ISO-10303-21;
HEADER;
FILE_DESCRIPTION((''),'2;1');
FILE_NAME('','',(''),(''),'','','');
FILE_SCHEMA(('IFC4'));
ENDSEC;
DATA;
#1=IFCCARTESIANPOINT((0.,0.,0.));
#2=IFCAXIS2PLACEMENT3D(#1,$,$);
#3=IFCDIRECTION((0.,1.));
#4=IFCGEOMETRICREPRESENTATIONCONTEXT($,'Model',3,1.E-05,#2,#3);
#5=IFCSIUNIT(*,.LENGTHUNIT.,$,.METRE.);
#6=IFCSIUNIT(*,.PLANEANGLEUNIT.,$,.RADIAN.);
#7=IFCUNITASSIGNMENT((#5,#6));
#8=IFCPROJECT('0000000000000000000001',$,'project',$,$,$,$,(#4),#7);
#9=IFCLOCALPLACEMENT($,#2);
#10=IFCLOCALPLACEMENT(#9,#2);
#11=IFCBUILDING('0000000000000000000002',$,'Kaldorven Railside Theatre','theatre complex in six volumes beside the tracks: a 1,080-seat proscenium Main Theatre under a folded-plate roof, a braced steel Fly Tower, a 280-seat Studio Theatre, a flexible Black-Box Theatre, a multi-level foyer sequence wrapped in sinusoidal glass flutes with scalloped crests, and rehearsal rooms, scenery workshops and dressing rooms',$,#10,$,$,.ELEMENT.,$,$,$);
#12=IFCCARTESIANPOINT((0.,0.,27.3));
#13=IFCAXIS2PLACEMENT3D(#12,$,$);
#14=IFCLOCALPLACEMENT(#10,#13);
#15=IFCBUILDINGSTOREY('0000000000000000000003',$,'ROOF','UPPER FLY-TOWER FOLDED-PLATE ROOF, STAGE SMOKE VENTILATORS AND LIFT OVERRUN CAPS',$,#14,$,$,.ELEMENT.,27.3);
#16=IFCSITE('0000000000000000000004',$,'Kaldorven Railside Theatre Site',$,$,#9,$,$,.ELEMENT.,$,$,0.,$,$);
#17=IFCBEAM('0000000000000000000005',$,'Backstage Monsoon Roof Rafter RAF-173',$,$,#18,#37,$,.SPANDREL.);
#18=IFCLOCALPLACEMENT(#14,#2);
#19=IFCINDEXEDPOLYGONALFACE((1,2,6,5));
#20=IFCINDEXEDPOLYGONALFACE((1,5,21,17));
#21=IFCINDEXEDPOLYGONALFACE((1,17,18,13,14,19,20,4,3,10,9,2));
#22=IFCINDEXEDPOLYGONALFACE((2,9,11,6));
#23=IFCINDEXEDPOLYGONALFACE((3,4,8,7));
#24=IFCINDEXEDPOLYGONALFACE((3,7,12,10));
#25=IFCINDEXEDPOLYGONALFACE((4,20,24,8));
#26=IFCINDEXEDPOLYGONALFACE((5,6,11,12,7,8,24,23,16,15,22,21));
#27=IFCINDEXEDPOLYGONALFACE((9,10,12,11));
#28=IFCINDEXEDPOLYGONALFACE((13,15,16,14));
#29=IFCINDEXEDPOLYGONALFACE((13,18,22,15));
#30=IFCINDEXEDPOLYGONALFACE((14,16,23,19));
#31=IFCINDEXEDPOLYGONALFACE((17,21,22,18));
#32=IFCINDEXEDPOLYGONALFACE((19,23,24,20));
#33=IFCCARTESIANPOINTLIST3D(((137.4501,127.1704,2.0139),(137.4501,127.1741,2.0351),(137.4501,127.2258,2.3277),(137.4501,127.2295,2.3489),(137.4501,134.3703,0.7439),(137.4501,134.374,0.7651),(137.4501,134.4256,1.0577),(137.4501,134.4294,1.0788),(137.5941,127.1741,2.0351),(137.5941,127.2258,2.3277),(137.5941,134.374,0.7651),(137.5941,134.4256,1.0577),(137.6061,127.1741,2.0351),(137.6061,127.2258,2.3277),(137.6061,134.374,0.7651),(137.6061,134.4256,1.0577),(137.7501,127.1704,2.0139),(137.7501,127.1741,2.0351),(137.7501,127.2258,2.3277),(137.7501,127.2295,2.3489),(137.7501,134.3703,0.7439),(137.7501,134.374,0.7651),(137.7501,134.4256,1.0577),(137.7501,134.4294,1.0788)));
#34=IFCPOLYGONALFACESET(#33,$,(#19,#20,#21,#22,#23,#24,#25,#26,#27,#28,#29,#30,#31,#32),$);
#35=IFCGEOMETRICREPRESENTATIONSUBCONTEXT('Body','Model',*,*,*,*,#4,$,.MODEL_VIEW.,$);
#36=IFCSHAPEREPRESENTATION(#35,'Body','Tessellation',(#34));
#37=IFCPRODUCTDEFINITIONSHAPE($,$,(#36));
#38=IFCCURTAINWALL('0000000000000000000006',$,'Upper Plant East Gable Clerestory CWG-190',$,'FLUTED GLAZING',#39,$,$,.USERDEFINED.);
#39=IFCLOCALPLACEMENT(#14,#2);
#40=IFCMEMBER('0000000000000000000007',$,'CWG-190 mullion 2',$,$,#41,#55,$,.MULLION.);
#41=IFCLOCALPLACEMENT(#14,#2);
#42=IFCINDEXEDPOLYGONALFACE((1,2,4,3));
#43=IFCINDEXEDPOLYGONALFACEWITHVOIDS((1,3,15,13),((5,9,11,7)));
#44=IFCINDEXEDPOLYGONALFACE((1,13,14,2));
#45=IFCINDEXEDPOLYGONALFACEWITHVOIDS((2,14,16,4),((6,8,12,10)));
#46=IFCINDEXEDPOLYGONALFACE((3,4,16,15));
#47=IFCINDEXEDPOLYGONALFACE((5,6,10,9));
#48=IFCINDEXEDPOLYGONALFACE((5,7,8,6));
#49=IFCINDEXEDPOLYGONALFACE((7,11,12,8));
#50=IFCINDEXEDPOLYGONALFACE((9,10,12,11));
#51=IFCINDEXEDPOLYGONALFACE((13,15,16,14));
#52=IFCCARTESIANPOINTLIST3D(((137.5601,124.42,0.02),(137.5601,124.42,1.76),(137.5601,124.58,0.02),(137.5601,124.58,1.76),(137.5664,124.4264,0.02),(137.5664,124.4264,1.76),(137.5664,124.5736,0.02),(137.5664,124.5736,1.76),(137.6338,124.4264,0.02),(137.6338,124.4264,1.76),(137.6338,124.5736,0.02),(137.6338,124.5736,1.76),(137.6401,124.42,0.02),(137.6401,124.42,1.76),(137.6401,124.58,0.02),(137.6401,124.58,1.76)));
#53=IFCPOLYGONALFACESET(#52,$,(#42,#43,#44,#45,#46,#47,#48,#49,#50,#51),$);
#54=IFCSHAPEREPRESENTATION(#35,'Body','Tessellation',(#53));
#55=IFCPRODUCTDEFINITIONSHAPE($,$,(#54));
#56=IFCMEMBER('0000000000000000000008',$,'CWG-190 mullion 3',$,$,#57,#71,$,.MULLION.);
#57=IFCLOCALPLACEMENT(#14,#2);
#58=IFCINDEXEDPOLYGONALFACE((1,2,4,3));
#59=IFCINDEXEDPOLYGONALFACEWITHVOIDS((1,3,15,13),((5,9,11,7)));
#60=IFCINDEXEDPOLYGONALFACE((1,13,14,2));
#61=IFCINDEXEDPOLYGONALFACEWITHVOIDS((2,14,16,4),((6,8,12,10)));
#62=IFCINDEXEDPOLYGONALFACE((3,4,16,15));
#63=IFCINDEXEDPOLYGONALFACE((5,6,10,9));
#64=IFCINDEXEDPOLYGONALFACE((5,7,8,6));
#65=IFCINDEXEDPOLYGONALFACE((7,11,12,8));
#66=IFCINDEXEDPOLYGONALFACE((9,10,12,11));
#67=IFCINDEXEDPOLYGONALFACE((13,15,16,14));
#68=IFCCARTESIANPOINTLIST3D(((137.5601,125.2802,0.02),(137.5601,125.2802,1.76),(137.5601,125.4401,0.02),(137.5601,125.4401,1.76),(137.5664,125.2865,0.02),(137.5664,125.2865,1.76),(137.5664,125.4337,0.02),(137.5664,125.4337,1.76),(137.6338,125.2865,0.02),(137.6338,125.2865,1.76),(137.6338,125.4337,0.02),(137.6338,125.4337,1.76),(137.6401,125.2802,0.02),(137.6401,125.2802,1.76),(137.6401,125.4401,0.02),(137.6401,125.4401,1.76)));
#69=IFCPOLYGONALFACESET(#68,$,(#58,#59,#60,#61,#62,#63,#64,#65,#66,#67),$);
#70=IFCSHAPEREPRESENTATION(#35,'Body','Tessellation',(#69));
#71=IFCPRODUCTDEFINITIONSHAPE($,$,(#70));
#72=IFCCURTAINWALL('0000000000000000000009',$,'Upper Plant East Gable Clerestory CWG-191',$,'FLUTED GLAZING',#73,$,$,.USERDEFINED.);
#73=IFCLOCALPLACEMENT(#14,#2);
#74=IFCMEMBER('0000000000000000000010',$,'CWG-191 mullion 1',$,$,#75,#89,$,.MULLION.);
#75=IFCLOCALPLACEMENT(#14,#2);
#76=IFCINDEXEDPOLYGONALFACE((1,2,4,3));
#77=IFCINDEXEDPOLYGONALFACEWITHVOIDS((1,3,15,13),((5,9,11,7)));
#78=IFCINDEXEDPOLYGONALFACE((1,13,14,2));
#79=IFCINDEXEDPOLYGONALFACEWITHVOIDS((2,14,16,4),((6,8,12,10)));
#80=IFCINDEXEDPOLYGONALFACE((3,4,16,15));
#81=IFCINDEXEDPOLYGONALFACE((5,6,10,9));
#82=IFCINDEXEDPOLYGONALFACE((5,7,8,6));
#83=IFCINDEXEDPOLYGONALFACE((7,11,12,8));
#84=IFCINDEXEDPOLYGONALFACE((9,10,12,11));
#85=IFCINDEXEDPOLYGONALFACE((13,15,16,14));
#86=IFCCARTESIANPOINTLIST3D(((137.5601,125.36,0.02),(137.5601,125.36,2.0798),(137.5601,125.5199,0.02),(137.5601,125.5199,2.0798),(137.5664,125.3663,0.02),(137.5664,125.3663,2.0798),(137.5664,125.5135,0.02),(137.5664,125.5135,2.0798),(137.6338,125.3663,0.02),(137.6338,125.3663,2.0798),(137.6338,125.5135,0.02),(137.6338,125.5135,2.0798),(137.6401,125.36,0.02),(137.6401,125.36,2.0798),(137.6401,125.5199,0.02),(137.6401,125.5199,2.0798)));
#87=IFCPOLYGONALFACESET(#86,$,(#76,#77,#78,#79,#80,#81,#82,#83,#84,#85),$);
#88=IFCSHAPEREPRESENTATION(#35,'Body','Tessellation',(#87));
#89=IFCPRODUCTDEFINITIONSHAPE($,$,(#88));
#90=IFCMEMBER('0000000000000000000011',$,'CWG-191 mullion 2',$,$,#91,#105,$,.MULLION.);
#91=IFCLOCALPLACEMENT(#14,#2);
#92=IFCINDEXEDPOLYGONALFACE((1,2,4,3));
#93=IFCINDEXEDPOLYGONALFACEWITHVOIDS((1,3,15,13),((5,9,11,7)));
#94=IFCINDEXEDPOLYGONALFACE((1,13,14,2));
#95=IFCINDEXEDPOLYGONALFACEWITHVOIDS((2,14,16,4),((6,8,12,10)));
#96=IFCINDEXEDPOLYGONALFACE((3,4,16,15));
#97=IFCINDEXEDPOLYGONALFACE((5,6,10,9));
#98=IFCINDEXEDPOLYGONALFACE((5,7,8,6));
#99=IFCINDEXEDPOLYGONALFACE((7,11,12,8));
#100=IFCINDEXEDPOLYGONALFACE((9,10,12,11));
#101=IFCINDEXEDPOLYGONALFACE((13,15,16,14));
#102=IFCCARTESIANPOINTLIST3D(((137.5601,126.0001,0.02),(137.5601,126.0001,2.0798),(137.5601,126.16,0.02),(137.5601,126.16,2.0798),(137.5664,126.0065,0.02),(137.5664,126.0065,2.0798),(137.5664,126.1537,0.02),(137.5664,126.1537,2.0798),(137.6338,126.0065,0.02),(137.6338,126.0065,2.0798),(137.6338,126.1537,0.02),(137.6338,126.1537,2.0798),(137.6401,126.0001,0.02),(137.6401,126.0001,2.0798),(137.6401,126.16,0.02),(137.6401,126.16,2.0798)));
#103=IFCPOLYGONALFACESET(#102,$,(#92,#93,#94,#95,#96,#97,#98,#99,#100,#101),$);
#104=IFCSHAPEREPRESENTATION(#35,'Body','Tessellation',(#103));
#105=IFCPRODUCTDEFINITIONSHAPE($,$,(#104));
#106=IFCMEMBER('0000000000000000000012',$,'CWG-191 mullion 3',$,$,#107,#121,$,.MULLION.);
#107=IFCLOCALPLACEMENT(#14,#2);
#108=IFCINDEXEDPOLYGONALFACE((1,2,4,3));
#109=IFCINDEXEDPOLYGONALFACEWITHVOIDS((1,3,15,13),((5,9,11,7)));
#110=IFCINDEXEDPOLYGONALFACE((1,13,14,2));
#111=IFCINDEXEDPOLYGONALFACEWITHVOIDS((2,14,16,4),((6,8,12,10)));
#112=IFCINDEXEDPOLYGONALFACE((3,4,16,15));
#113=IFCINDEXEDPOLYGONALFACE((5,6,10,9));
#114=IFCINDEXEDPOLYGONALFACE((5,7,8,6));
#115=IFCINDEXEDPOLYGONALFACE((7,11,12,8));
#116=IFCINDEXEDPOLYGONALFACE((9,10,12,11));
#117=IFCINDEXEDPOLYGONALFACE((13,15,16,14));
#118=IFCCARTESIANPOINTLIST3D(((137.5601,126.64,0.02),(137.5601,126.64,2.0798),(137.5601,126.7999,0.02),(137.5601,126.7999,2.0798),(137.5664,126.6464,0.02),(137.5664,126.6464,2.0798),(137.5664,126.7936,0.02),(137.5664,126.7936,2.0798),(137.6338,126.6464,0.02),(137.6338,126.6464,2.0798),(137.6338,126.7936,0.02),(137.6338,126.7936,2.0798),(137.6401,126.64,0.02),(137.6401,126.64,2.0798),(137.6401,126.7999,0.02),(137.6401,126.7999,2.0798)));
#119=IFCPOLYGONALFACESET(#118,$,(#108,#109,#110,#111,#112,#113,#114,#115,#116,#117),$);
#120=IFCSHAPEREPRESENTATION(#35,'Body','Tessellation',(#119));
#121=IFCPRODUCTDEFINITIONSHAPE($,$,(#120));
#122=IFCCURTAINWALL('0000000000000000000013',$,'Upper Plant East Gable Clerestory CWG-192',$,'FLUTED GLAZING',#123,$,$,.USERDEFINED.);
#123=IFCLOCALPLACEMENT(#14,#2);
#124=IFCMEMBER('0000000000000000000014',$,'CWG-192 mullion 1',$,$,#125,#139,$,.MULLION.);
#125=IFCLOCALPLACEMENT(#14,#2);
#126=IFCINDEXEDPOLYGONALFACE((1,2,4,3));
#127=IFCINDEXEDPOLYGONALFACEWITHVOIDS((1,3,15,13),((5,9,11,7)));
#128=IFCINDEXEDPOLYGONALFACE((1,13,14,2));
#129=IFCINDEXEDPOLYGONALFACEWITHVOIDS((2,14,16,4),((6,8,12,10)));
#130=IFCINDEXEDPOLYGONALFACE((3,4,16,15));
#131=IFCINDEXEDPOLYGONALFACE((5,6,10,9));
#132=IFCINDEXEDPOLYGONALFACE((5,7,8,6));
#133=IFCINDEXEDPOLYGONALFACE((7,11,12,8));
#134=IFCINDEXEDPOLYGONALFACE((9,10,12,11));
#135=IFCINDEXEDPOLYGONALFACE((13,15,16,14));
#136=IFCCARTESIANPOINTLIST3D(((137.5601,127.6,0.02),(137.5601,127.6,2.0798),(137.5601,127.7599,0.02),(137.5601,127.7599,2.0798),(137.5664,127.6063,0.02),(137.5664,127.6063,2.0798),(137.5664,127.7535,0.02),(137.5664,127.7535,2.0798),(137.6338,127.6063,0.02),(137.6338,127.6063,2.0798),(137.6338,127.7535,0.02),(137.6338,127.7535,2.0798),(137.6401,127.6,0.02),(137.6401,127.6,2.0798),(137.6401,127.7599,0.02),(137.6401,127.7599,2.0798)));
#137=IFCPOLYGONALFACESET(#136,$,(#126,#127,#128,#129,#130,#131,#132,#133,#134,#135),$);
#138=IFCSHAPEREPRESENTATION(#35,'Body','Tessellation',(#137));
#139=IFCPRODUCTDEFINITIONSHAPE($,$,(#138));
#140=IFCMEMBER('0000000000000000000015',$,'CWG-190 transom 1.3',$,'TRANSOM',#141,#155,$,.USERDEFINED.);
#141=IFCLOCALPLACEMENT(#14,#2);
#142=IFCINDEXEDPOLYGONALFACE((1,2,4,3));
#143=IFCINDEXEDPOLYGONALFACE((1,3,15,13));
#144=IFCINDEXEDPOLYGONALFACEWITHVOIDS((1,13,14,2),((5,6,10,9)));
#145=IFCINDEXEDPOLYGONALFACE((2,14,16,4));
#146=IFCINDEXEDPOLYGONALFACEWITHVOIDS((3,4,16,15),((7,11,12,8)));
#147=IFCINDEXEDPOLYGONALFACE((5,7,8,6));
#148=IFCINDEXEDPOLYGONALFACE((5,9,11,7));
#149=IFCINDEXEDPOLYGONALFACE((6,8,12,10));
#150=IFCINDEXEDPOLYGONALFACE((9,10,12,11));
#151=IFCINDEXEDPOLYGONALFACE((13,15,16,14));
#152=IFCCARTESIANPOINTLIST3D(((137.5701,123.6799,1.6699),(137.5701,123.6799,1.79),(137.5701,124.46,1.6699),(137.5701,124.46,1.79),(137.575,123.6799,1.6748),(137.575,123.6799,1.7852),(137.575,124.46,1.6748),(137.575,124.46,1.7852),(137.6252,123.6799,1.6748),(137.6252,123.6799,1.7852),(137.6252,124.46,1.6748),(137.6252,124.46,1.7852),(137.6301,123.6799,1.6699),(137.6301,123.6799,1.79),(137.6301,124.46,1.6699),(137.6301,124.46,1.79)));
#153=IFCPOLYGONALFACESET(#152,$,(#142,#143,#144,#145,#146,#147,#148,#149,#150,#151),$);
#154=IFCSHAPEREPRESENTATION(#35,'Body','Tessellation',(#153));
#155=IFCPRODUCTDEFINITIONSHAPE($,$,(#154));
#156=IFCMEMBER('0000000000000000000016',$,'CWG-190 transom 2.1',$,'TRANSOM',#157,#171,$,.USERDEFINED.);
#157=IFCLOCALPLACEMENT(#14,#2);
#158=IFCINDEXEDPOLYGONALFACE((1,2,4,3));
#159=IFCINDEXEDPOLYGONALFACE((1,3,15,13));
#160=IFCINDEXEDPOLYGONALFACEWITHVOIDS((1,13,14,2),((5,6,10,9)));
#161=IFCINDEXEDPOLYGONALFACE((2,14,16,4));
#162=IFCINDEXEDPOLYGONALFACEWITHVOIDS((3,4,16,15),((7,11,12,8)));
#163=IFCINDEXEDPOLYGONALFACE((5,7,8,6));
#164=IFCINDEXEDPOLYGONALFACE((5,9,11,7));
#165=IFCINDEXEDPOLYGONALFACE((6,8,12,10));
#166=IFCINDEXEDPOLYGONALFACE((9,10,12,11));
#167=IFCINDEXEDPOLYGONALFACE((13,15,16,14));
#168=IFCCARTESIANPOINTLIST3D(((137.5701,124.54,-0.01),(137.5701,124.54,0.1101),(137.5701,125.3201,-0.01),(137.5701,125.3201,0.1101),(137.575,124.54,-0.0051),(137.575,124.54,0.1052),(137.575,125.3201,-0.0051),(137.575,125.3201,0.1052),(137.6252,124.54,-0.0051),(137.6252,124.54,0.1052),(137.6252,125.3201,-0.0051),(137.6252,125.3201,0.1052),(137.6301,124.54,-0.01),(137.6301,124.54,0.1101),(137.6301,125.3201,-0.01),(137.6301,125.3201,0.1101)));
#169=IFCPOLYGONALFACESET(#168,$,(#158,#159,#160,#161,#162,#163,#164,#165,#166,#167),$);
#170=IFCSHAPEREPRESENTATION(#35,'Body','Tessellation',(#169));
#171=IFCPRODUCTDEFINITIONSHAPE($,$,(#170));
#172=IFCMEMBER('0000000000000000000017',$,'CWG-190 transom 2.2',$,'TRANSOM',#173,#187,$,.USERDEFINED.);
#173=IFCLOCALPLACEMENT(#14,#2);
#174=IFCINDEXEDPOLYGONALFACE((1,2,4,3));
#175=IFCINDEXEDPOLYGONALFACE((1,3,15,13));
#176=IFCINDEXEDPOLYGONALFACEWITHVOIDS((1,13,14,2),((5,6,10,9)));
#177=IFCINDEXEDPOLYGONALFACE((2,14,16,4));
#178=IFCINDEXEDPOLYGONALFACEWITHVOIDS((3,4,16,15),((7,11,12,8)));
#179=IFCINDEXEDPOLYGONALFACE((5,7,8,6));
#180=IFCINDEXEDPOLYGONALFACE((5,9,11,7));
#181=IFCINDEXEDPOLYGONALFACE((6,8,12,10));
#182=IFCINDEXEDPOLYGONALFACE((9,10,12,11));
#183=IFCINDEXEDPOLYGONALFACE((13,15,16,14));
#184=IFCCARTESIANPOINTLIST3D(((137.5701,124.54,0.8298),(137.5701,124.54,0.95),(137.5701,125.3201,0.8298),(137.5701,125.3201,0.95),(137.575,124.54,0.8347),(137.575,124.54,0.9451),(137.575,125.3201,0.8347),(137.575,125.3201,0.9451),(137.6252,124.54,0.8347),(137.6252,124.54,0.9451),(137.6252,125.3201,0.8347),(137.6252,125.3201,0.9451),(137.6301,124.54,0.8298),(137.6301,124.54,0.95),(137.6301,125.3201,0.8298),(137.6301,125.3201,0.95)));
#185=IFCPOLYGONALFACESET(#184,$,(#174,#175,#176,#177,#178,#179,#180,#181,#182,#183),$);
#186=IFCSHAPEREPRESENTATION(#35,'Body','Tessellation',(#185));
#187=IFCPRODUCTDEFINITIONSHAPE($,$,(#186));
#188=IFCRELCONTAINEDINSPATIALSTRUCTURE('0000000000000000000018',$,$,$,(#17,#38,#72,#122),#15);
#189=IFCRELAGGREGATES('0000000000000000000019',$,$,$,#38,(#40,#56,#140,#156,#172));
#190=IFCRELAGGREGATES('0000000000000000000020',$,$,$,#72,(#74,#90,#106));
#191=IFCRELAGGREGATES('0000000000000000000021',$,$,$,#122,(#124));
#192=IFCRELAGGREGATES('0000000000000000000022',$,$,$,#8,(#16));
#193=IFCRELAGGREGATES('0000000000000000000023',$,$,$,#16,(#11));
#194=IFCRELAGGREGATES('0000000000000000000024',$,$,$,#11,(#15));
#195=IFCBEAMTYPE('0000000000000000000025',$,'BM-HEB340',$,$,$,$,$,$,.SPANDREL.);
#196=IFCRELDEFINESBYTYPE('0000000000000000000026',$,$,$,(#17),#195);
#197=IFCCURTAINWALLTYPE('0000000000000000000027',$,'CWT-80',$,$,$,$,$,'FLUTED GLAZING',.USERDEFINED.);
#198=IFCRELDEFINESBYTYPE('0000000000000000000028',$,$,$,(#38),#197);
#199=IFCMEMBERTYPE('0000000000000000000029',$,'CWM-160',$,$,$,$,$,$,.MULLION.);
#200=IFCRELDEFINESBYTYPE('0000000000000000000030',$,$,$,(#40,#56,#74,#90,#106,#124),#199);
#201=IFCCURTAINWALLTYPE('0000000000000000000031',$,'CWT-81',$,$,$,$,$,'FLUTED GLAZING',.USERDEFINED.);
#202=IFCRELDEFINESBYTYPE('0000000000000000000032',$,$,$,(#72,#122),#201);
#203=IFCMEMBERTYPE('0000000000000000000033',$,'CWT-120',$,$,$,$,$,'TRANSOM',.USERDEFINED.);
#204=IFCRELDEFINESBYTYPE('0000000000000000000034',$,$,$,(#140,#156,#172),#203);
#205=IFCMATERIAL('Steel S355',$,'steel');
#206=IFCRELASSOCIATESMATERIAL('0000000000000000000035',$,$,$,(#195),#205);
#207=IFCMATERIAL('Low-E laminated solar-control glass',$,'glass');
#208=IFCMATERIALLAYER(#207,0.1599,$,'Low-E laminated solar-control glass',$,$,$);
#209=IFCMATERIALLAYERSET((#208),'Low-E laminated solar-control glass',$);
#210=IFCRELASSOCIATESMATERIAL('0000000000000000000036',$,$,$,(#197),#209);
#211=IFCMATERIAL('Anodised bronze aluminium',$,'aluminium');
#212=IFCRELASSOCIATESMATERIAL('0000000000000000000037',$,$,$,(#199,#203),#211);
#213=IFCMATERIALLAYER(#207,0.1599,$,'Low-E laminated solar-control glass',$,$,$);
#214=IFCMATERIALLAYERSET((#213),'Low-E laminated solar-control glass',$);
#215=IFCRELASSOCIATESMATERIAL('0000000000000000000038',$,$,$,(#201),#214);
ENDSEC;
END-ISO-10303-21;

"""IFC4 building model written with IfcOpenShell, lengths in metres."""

from ifc_helpers import new_model, si_unit, direction, frame, origin, origin_2d, place, context, subcontext, project, spatial, hollow_rectangle, i_section, extrude, material, layer, layer_set, material_profile, profile_set, type_object, element, aggregate, save


model = new_model("IFC4")

# Units and contexts
model_context = context("Model", 3, precision=1e-05, world=origin(), true_north=direction((0.0, 1.0)))
body_context = subcontext(model_context, "Body", "Model", "MODEL_VIEW")
ifc_project = project(units=[si_unit("LENGTHUNIT", "METRE"), si_unit("PLANEANGLEUNIT", "RADIAN")], contexts=[model_context])

# Site, building, storey
site_placement = place(None, origin())
site = spatial("IfcSite", under=ifc_project, at=site_placement, Name="Kaldorven Railside Theatre Site", CompositionType="ELEMENT", RefElevation=0.0)
building_placement = place(site_placement, origin())
building = spatial("IfcBuilding", under=site, at=building_placement, Name="Kaldorven Railside Theatre", Description="theatre complex in six volumes beside the tracks: a 1,080-seat proscenium Main Theatre under a folded-plate roof, a braced steel Fly Tower, a 280-seat Studio Theatre, a flexible Black-Box Theatre, a multi-level foyer sequence wrapped in sinusoidal glass flutes with scalloped crests, and rehearsal rooms, scenery workshops and dressing rooms", CompositionType="ELEMENT")
storey_placement = place(building_placement, frame((0.0, 0.0, 27.3)))
storey = spatial("IfcBuildingStorey", under=building, at=storey_placement, Name="ROOF", Description="UPPER FLY-TOWER FOLDED-PLATE ROOF, STAGE SMOKE VENTILATORS AND LIFT OVERRUN CAPS", CompositionType="ELEMENT", Elevation=27.3)

# Beam
ifc_material_1 = material(Name="Steel S355", Category="steel")
ifc_material_profile_1 = material_profile(ifc_material_1, i_section(OverallWidth=0.3, OverallDepth=0.3401, WebThickness=0.012, FlangeThickness=0.0215, at=origin_2d()), Name="HEB 340")
ifc_profile_set_1 = profile_set([ifc_material_profile_1], Name="Steel S355")
beam_type = type_object("IfcBeamType", Name="BM-HEB340", PredefinedType="SPANDREL", material=ifc_profile_set_1)
beam_placement = place(storey_placement, frame((137.6001, 127.2, 2.1814), z_axis=(0.0, 0.984797, -0.173711), x_axis=(-1.0, 0.0, 0.0)))
element("IfcBeam", 1, at=beam_placement, inside=storey, type_object=beam_type, Name="Backstage Monsoon Roof Rafter RAF-173", PredefinedType="SPANDREL", context=body_context, shape_type="SweptSolid", body=[
    extrude(i_section(OverallWidth=0.3, OverallDepth=0.3401, WebThickness=0.012, FlangeThickness=0.0215, at=origin_2d()), origin(), (0.0, 0.0, 1.0), 7.311),
])

# Curtain walls, members
ifc_material_2 = material(Name="Low-E laminated solar-control glass", Category="glass")
ifc_layer_1 = layer(ifc_material_2, 0.1599, Name="Low-E laminated solar-control glass")
ifc_layer_set_1 = layer_set([ifc_layer_1], Name="Low-E laminated solar-control glass")
curtain_wall_type_1 = type_object("IfcCurtainWallType", Name="CWT-80", ElementType="FLUTED GLAZING", PredefinedType="USERDEFINED", material=ifc_layer_set_1)
curtain_wall_1_placement = place(storey_placement, origin())
curtain_wall_1 = element("IfcCurtainWall", 2, at=curtain_wall_1_placement, inside=storey, type_object=curtain_wall_type_1, Name="Upper Plant East Gable Clerestory CWG-190", ObjectType="FLUTED GLAZING", PredefinedType="USERDEFINED")
ifc_material_3 = material(Name="Anodised bronze aluminium", Category="aluminium")
ifc_material_profile_2 = material_profile(ifc_material_3, hollow_rectangle(XDim=0.0801, YDim=0.1599, WallThickness=0.0063, at=origin_2d()), Name="RHS 160x80x6.3")
ifc_profile_set_2 = profile_set([ifc_material_profile_2], Name="Anodised bronze aluminium")
member_type_1 = type_object("IfcMemberType", Name="CWM-160", PredefinedType="MULLION", material=ifc_profile_set_2)
member_1_placement = place(storey_placement, frame((137.6001, 124.5, 0.02), z_axis=(0.0, 0.0, 1.0), x_axis=(-1.0, 0.0, 0.0)))
member_1 = element("IfcMember", 3, at=member_1_placement, type_object=member_type_1, Name="CWG-190 mullion 2", PredefinedType="MULLION", context=body_context, shape_type="SweptSolid", body=[
    extrude(hollow_rectangle(XDim=0.0801, YDim=0.1599, WallThickness=0.0063, at=origin_2d()), origin(), (0.0, 0.0, 1.0), 1.74),
])
member_2_placement = place(storey_placement, frame((137.6001, 125.3601, 0.02), z_axis=(0.0, 0.0, 1.0), x_axis=(-1.0, 0.0, 0.0)))
member_2 = element("IfcMember", 4, at=member_2_placement, type_object=member_type_1, Name="CWG-190 mullion 3", PredefinedType="MULLION", context=body_context, shape_type="SweptSolid", body=[
    extrude(hollow_rectangle(XDim=0.0801, YDim=0.1599, WallThickness=0.0063, at=origin_2d()), origin(), (0.0, 0.0, 1.0), 1.74),
])
ifc_layer_2 = layer(ifc_material_2, 0.1599, Name="Low-E laminated solar-control glass")
ifc_layer_set_2 = layer_set([ifc_layer_2], Name="Low-E laminated solar-control glass")
curtain_wall_type_2 = type_object("IfcCurtainWallType", Name="CWT-81", ElementType="FLUTED GLAZING", PredefinedType="USERDEFINED", material=ifc_layer_set_2)
curtain_wall_2_placement = place(storey_placement, origin())
curtain_wall_2 = element("IfcCurtainWall", 5, at=curtain_wall_2_placement, inside=storey, type_object=curtain_wall_type_2, Name="Upper Plant East Gable Clerestory CWG-191", ObjectType="FLUTED GLAZING", PredefinedType="USERDEFINED")
member_3_placement = place(storey_placement, frame((137.6001, 125.4399, 0.02), z_axis=(0.0, 0.0, 1.0), x_axis=(-1.0, 0.0, 0.0)))
member_3 = element("IfcMember", 6, at=member_3_placement, type_object=member_type_1, Name="CWG-191 mullion 1", PredefinedType="MULLION", context=body_context, shape_type="SweptSolid", body=[
    extrude(hollow_rectangle(XDim=0.0801, YDim=0.1599, WallThickness=0.0063, at=origin_2d()), origin(), (0.0, 0.0, 1.0), 2.0598),
])
member_4_placement = place(storey_placement, frame((137.6001, 126.0801, 0.02), z_axis=(0.0, 0.0, 1.0), x_axis=(-1.0, 0.0, 0.0)))
member_4 = element("IfcMember", 7, at=member_4_placement, type_object=member_type_1, Name="CWG-191 mullion 2", PredefinedType="MULLION", context=body_context, shape_type="SweptSolid", body=[
    extrude(hollow_rectangle(XDim=0.0801, YDim=0.1599, WallThickness=0.0063, at=origin_2d()), origin(), (0.0, 0.0, 1.0), 2.0598),
])
member_5_placement = place(storey_placement, frame((137.6001, 126.72, 0.02), z_axis=(0.0, 0.0, 1.0), x_axis=(-1.0, 0.0, 0.0)))
member_5 = element("IfcMember", 8, at=member_5_placement, type_object=member_type_1, Name="CWG-191 mullion 3", PredefinedType="MULLION", context=body_context, shape_type="SweptSolid", body=[
    extrude(hollow_rectangle(XDim=0.0801, YDim=0.1599, WallThickness=0.0063, at=origin_2d()), origin(), (0.0, 0.0, 1.0), 2.0598),
])

# Curtain wall, member
curtain_wall_3_placement = place(storey_placement, origin())
curtain_wall_3 = element("IfcCurtainWall", 9, at=curtain_wall_3_placement, inside=storey, type_object=curtain_wall_type_2, Name="Upper Plant East Gable Clerestory CWG-192", ObjectType="FLUTED GLAZING", PredefinedType="USERDEFINED")
member_6_placement = place(storey_placement, frame((137.6001, 127.6799, 0.02), z_axis=(0.0, 0.0, 1.0), x_axis=(-1.0, 0.0, 0.0)))
member_6 = element("IfcMember", 10, at=member_6_placement, type_object=member_type_1, Name="CWG-192 mullion 1", PredefinedType="MULLION", context=body_context, shape_type="SweptSolid", body=[
    extrude(hollow_rectangle(XDim=0.0801, YDim=0.1599, WallThickness=0.0063, at=origin_2d()), origin(), (0.0, 0.0, 1.0), 2.0598),
])

# Members
ifc_material_profile_3 = material_profile(ifc_material_3, hollow_rectangle(XDim=0.0601, YDim=0.1201, WallThickness=0.0049, at=origin_2d()), Name="RHS 120x60x5")
ifc_profile_set_3 = profile_set([ifc_material_profile_3], Name="Anodised bronze aluminium")
member_type_2 = type_object("IfcMemberType", Name="CWT-120", ElementType="TRANSOM", PredefinedType="USERDEFINED", material=ifc_profile_set_3)
member_7_placement = place(storey_placement, frame((137.6001, 123.6799, 1.73), z_axis=(0.0, 1.0, 0.0), x_axis=(-1.0, 0.0, 0.0)))
member_7 = element("IfcMember", 11, at=member_7_placement, type_object=member_type_2, Name="CWG-190 transom 1.3", ObjectType="TRANSOM", PredefinedType="USERDEFINED", context=body_context, shape_type="SweptSolid", body=[
    extrude(hollow_rectangle(XDim=0.0601, YDim=0.1201, WallThickness=0.0049, at=origin_2d()), origin(), (0.0, 0.0, 1.0), 0.78),
])
member_8_placement = place(storey_placement, frame((137.6001, 124.54, 0.05), z_axis=(0.0, 1.0, 0.0), x_axis=(-1.0, 0.0, 0.0)))
member_8 = element("IfcMember", 12, at=member_8_placement, type_object=member_type_2, Name="CWG-190 transom 2.1", ObjectType="TRANSOM", PredefinedType="USERDEFINED", context=body_context, shape_type="SweptSolid", body=[
    extrude(hollow_rectangle(XDim=0.0601, YDim=0.1201, WallThickness=0.0049, at=origin_2d()), origin(), (0.0, 0.0, 1.0), 0.78),
])
member_9_placement = place(storey_placement, frame((137.6001, 124.54, 0.8899), z_axis=(0.0, 1.0, 0.0), x_axis=(-1.0, 0.0, 0.0)))
member_9 = element("IfcMember", 13, at=member_9_placement, type_object=member_type_2, Name="CWG-190 transom 2.2", ObjectType="TRANSOM", PredefinedType="USERDEFINED", context=body_context, shape_type="SweptSolid", body=[
    extrude(hollow_rectangle(XDim=0.0601, YDim=0.1201, WallThickness=0.0049, at=origin_2d()), origin(), (0.0, 0.0, 1.0), 0.78),
])

aggregate(curtain_wall_1, [member_1, member_2, member_7, member_8, member_9])
aggregate(curtain_wall_2, [member_3, member_4, member_5])
aggregate(curtain_wall_3, [member_6])

save(model, "model.ifc")
